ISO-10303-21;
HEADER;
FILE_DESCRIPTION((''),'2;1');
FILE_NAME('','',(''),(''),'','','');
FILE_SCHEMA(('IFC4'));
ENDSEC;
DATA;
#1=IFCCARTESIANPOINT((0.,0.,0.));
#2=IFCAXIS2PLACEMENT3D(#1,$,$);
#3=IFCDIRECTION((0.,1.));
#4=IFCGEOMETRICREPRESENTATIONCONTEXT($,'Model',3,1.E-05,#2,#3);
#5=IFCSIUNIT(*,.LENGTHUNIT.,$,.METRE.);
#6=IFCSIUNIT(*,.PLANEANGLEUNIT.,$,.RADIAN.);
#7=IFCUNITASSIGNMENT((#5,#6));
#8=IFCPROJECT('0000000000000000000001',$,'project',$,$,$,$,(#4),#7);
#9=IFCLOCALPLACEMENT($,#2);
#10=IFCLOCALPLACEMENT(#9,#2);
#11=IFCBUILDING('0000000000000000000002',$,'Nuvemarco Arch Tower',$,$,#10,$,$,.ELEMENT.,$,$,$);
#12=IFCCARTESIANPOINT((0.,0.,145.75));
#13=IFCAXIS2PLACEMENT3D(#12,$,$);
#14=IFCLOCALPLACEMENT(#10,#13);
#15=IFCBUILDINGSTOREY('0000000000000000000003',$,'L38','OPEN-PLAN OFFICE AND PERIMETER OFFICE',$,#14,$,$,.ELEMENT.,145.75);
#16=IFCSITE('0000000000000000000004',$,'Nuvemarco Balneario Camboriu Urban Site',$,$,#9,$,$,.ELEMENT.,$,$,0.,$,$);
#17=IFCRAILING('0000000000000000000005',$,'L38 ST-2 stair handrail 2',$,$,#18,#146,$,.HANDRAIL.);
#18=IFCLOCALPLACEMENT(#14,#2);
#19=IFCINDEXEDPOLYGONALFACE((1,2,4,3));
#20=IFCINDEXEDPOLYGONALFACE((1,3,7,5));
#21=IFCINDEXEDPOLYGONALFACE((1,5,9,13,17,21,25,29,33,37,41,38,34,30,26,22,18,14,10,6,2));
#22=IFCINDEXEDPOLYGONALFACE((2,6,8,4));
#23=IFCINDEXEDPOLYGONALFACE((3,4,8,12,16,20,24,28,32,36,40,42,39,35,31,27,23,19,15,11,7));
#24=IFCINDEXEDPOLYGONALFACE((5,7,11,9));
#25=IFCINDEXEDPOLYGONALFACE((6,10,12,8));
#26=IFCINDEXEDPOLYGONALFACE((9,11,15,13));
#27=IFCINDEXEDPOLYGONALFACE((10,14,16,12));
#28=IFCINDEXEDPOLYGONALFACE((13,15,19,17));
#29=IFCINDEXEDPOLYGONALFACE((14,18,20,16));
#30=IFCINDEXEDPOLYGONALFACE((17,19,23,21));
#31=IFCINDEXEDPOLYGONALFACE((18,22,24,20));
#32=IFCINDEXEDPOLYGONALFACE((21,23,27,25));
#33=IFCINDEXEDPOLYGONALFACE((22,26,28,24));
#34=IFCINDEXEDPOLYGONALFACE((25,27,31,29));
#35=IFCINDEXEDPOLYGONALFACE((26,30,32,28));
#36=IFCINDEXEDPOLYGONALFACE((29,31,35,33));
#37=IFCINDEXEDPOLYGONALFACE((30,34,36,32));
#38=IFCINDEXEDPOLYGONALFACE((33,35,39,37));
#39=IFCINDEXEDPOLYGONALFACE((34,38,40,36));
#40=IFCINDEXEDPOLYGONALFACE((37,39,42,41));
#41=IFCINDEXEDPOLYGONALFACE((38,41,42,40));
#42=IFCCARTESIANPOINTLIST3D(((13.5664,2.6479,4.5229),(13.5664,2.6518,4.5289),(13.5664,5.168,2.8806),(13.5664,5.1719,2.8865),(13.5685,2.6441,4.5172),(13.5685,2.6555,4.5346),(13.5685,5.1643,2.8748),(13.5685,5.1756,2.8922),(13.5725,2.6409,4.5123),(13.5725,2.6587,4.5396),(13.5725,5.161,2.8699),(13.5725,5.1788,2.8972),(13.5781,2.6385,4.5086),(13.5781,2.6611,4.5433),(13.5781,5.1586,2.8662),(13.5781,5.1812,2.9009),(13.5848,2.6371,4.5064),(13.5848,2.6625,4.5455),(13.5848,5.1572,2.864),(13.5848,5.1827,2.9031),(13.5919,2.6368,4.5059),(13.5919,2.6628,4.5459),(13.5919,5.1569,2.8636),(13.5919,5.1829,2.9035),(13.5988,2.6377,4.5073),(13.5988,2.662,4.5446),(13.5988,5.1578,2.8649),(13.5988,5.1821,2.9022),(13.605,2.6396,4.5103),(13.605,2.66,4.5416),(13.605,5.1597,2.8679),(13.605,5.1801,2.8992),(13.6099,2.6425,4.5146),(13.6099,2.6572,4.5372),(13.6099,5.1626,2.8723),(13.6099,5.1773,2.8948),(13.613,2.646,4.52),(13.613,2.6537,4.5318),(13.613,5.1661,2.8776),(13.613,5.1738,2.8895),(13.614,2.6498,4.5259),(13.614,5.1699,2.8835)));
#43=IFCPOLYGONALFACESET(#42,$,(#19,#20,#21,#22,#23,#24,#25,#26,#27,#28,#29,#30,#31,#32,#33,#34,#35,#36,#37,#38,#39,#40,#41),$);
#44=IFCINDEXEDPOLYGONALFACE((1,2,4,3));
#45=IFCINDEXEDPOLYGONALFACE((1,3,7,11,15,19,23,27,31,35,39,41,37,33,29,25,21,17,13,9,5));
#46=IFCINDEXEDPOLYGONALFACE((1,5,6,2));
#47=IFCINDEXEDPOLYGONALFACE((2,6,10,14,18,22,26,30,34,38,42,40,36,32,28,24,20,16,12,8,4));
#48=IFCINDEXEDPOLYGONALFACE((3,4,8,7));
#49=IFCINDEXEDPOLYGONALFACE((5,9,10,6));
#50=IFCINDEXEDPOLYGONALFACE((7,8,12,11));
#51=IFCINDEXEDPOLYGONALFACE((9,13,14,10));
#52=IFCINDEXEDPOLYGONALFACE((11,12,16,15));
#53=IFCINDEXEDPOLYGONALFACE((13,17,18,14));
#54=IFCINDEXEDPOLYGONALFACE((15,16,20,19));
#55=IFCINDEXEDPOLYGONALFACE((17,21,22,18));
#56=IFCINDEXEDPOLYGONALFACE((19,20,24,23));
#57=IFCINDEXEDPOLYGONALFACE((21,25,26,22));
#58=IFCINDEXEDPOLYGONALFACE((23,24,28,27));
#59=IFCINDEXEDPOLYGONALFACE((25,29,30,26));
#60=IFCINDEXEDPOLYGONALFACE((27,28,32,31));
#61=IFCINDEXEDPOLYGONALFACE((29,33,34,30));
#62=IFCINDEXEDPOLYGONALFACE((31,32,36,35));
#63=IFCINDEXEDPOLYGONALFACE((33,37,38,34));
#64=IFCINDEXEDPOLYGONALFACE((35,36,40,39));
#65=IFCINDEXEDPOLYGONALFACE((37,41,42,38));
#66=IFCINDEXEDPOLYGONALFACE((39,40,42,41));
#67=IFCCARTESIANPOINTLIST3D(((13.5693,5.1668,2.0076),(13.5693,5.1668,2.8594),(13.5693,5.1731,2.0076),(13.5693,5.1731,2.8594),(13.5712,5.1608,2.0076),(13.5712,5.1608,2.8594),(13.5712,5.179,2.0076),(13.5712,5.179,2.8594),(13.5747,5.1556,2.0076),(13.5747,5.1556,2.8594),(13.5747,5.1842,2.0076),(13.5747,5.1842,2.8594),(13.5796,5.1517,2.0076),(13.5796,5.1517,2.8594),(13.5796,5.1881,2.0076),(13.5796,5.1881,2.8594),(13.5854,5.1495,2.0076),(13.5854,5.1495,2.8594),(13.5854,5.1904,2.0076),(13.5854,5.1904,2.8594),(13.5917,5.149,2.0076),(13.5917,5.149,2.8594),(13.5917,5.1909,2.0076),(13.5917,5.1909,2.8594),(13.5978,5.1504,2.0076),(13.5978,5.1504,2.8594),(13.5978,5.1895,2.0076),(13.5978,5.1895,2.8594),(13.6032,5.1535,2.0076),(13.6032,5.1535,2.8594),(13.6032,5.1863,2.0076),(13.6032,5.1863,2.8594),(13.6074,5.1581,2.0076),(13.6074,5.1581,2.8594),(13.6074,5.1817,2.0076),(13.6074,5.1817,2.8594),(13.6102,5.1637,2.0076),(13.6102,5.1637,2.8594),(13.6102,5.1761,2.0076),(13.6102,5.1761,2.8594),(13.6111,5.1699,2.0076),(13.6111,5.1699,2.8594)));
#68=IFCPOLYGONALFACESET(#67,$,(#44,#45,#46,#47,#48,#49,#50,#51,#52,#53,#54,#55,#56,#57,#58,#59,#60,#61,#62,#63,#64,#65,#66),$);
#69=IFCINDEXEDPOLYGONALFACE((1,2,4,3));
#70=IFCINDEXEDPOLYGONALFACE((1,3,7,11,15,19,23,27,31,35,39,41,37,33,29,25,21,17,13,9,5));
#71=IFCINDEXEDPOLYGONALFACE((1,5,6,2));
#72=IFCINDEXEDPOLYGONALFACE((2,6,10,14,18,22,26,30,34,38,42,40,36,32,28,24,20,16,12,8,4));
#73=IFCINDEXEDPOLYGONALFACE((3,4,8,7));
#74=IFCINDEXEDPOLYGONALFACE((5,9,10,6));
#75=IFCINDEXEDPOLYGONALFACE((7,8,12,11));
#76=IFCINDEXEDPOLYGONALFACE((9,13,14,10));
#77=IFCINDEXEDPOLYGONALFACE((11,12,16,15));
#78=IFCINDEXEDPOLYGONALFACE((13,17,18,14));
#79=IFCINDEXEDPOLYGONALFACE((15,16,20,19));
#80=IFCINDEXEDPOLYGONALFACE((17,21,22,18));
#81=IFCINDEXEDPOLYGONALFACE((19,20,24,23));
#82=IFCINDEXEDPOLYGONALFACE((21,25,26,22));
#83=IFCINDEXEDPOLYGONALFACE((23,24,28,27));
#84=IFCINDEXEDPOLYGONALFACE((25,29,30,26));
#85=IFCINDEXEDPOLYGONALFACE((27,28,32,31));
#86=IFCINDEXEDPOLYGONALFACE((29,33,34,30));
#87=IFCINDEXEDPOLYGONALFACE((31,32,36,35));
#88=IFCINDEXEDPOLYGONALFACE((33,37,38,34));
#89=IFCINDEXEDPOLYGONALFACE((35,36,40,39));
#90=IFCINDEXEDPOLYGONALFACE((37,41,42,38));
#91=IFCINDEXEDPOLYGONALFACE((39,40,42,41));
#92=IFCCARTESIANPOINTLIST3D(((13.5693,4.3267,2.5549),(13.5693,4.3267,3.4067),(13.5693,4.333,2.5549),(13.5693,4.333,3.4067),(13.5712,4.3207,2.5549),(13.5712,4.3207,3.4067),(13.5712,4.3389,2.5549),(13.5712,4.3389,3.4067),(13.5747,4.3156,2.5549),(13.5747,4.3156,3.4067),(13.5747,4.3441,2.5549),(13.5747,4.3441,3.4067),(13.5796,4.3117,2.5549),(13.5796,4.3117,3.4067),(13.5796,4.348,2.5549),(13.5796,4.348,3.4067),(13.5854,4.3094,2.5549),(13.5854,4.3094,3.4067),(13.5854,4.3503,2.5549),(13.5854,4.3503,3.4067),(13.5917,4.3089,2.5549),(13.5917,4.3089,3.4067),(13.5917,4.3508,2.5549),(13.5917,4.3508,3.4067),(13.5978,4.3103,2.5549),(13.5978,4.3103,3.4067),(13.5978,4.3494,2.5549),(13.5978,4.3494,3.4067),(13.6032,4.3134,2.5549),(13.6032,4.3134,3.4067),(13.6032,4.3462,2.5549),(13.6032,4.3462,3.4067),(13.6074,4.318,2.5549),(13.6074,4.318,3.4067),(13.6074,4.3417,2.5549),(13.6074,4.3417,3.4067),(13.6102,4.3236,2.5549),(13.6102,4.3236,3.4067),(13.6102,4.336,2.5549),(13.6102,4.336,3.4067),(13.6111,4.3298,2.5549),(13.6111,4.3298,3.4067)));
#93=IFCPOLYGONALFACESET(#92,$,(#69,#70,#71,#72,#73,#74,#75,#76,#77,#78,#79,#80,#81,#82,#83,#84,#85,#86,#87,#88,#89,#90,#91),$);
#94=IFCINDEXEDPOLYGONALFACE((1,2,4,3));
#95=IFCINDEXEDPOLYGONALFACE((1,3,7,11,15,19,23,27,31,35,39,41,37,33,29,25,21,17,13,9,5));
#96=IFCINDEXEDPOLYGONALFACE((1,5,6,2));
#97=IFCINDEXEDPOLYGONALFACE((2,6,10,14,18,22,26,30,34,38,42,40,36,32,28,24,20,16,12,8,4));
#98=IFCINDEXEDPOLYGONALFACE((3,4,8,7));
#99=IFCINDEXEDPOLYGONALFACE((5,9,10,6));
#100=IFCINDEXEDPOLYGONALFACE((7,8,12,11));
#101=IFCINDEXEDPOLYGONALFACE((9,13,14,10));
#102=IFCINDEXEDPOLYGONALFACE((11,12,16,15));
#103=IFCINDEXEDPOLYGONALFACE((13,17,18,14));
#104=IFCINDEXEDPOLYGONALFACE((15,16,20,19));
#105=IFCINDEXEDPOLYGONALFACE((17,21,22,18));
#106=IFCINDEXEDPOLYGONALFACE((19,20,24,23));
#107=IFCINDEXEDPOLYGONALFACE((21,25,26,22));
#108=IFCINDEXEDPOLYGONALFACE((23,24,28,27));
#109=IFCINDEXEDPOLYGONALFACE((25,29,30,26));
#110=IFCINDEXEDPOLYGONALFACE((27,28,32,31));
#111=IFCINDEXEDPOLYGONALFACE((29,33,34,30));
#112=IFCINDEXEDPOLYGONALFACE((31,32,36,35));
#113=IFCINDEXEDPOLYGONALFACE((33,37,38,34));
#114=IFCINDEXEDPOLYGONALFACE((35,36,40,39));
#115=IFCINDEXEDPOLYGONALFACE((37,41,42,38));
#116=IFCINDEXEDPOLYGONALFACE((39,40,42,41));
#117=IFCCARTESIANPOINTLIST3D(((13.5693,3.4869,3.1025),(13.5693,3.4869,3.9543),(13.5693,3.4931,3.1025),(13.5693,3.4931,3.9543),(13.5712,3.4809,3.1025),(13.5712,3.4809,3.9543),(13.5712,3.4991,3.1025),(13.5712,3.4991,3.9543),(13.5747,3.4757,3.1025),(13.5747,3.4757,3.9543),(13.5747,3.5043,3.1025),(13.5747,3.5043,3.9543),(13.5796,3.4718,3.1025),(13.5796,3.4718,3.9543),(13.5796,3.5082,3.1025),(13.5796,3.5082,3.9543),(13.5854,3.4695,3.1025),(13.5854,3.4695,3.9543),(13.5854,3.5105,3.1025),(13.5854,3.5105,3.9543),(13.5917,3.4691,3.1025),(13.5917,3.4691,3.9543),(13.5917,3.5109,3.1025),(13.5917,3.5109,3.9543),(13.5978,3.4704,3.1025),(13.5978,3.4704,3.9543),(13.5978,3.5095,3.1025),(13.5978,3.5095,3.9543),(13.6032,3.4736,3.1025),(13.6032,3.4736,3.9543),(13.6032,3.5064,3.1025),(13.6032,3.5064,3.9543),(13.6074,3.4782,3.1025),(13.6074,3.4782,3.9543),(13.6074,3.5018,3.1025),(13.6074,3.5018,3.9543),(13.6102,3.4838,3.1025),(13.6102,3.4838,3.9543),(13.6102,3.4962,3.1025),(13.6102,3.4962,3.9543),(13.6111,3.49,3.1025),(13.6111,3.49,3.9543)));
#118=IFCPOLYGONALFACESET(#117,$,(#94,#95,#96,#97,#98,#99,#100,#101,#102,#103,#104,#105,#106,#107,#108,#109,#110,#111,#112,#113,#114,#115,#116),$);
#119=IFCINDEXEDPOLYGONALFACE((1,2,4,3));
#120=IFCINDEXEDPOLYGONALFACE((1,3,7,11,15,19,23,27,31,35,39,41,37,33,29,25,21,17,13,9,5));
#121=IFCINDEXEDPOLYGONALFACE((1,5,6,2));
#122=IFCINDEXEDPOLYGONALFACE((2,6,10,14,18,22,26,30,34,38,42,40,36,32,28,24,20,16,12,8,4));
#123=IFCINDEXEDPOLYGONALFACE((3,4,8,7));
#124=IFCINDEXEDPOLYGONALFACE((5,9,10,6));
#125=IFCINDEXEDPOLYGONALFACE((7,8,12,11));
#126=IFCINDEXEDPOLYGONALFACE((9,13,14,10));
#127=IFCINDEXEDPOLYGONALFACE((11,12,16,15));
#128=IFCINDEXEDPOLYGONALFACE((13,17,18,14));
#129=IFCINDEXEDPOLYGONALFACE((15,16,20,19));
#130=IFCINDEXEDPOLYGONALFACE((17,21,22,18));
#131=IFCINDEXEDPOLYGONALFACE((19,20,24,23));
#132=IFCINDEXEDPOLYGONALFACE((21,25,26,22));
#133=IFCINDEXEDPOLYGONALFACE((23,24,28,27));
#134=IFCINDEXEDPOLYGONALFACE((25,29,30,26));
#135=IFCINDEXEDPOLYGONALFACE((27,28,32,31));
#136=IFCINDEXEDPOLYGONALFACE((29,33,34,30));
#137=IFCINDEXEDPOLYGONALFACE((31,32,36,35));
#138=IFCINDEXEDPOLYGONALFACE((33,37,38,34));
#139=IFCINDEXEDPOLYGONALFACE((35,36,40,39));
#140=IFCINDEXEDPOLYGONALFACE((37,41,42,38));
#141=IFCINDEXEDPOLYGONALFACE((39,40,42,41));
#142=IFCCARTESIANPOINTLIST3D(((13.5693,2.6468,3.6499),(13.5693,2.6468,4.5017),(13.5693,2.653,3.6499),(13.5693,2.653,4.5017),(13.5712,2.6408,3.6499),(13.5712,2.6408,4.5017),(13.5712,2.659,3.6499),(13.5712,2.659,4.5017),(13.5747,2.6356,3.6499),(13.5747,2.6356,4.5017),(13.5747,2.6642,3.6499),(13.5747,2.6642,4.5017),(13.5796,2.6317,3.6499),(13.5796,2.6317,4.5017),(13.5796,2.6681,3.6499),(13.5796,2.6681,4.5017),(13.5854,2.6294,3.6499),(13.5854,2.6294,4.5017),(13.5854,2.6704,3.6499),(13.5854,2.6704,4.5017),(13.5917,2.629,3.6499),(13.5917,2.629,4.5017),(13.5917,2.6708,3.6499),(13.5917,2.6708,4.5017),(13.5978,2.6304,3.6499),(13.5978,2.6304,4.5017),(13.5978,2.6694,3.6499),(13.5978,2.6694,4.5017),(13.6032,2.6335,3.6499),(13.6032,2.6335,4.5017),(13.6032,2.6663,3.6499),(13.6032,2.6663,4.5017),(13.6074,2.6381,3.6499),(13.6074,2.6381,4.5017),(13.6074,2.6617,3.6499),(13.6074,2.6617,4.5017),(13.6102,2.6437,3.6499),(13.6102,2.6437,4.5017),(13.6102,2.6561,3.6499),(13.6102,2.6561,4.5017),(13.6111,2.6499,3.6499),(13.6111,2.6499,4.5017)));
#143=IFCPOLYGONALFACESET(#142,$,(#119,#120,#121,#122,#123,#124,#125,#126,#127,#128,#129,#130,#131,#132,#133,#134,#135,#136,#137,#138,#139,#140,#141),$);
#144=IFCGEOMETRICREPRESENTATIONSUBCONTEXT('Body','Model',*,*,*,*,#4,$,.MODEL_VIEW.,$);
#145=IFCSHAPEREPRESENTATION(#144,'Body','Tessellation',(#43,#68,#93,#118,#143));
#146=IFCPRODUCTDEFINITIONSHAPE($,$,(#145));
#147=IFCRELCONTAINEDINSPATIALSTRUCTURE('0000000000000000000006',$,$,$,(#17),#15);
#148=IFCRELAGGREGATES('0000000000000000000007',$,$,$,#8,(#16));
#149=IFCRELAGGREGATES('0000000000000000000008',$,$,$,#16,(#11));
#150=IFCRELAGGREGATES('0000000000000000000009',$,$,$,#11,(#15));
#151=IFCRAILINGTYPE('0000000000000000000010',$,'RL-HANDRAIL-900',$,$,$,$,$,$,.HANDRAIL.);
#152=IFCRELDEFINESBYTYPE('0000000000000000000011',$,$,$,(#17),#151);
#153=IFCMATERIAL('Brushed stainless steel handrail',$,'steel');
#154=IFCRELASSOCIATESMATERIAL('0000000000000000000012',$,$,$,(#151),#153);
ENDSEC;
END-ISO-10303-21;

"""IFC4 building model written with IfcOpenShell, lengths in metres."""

from ifc_helpers import new_model, si_unit, direction, frame, origin, origin_2d, place, context, subcontext, project, spatial, circle, extrude, material, type_object, element, save


model = new_model("IFC4")

# Units and contexts
model_context = context("Model", 3, precision=1e-05, world=origin(), true_north=direction((0.0, 1.0)))
body_context = subcontext(model_context, "Body", "Model", "MODEL_VIEW")
ifc_project = project(units=[si_unit("LENGTHUNIT", "METRE"), si_unit("PLANEANGLEUNIT", "RADIAN")], contexts=[model_context])

# Site, building, storey
site_placement = place(None, origin())
site = spatial("IfcSite", under=ifc_project, at=site_placement, Name="Nuvemarco Balneario Camboriu Urban Site", CompositionType="ELEMENT", RefElevation=0.0)
building_placement = place(site_placement, origin())
building = spatial("IfcBuilding", under=site, at=building_placement, Name="Nuvemarco Arch Tower", CompositionType="ELEMENT")
storey_placement = place(building_placement, frame((0.0, 0.0, 145.75)))
storey = spatial("IfcBuildingStorey", under=building, at=storey_placement, Name="L38", Description="OPEN-PLAN OFFICE AND PERIMETER OFFICE", CompositionType="ELEMENT", Elevation=145.75)

# Railing
ifc_material_1 = material(Name="Brushed stainless steel handrail", Category="steel")
railing_type = type_object("IfcRailingType", Name="RL-HANDRAIL-900", PredefinedType="HANDRAIL", material=ifc_material_1)
railing_placement = place(storey_placement, frame((13.5901, 5.1699, 2.0076)))
element("IfcRailing", 1, at=railing_placement, inside=storey, type_object=railing_type, Name="L38 ST-2 stair handrail 2", PredefinedType="HANDRAIL", context=body_context, shape_type="SweptSolid", body=[
    extrude(circle(Radius=0.0239, at=origin_2d()), frame((0.0, 0.0, 0.876), z_axis=(0.0, -0.837787, 0.545998), x_axis=(1.0, 0.0, 0.0)), (0.0, 0.0, 1.0), 3.0081),
    extrude(circle(Radius=0.021, at=origin_2d()), origin(), (0.0, 0.0, 1.0), 0.8518),
    extrude(circle(Radius=0.021, at=origin_2d()), frame((0.0, -0.8401, 0.5474)), (0.0, 0.0, 1.0), 0.8518),
    extrude(circle(Radius=0.021, at=origin_2d()), frame((0.0, -1.6799, 1.095)), (0.0, 0.0, 1.0), 0.8518),
    extrude(circle(Radius=0.021, at=origin_2d()), frame((0.0, -2.52, 1.6423)), (0.0, 0.0, 1.0), 0.8518),
])

save(model, "model.ifc")
